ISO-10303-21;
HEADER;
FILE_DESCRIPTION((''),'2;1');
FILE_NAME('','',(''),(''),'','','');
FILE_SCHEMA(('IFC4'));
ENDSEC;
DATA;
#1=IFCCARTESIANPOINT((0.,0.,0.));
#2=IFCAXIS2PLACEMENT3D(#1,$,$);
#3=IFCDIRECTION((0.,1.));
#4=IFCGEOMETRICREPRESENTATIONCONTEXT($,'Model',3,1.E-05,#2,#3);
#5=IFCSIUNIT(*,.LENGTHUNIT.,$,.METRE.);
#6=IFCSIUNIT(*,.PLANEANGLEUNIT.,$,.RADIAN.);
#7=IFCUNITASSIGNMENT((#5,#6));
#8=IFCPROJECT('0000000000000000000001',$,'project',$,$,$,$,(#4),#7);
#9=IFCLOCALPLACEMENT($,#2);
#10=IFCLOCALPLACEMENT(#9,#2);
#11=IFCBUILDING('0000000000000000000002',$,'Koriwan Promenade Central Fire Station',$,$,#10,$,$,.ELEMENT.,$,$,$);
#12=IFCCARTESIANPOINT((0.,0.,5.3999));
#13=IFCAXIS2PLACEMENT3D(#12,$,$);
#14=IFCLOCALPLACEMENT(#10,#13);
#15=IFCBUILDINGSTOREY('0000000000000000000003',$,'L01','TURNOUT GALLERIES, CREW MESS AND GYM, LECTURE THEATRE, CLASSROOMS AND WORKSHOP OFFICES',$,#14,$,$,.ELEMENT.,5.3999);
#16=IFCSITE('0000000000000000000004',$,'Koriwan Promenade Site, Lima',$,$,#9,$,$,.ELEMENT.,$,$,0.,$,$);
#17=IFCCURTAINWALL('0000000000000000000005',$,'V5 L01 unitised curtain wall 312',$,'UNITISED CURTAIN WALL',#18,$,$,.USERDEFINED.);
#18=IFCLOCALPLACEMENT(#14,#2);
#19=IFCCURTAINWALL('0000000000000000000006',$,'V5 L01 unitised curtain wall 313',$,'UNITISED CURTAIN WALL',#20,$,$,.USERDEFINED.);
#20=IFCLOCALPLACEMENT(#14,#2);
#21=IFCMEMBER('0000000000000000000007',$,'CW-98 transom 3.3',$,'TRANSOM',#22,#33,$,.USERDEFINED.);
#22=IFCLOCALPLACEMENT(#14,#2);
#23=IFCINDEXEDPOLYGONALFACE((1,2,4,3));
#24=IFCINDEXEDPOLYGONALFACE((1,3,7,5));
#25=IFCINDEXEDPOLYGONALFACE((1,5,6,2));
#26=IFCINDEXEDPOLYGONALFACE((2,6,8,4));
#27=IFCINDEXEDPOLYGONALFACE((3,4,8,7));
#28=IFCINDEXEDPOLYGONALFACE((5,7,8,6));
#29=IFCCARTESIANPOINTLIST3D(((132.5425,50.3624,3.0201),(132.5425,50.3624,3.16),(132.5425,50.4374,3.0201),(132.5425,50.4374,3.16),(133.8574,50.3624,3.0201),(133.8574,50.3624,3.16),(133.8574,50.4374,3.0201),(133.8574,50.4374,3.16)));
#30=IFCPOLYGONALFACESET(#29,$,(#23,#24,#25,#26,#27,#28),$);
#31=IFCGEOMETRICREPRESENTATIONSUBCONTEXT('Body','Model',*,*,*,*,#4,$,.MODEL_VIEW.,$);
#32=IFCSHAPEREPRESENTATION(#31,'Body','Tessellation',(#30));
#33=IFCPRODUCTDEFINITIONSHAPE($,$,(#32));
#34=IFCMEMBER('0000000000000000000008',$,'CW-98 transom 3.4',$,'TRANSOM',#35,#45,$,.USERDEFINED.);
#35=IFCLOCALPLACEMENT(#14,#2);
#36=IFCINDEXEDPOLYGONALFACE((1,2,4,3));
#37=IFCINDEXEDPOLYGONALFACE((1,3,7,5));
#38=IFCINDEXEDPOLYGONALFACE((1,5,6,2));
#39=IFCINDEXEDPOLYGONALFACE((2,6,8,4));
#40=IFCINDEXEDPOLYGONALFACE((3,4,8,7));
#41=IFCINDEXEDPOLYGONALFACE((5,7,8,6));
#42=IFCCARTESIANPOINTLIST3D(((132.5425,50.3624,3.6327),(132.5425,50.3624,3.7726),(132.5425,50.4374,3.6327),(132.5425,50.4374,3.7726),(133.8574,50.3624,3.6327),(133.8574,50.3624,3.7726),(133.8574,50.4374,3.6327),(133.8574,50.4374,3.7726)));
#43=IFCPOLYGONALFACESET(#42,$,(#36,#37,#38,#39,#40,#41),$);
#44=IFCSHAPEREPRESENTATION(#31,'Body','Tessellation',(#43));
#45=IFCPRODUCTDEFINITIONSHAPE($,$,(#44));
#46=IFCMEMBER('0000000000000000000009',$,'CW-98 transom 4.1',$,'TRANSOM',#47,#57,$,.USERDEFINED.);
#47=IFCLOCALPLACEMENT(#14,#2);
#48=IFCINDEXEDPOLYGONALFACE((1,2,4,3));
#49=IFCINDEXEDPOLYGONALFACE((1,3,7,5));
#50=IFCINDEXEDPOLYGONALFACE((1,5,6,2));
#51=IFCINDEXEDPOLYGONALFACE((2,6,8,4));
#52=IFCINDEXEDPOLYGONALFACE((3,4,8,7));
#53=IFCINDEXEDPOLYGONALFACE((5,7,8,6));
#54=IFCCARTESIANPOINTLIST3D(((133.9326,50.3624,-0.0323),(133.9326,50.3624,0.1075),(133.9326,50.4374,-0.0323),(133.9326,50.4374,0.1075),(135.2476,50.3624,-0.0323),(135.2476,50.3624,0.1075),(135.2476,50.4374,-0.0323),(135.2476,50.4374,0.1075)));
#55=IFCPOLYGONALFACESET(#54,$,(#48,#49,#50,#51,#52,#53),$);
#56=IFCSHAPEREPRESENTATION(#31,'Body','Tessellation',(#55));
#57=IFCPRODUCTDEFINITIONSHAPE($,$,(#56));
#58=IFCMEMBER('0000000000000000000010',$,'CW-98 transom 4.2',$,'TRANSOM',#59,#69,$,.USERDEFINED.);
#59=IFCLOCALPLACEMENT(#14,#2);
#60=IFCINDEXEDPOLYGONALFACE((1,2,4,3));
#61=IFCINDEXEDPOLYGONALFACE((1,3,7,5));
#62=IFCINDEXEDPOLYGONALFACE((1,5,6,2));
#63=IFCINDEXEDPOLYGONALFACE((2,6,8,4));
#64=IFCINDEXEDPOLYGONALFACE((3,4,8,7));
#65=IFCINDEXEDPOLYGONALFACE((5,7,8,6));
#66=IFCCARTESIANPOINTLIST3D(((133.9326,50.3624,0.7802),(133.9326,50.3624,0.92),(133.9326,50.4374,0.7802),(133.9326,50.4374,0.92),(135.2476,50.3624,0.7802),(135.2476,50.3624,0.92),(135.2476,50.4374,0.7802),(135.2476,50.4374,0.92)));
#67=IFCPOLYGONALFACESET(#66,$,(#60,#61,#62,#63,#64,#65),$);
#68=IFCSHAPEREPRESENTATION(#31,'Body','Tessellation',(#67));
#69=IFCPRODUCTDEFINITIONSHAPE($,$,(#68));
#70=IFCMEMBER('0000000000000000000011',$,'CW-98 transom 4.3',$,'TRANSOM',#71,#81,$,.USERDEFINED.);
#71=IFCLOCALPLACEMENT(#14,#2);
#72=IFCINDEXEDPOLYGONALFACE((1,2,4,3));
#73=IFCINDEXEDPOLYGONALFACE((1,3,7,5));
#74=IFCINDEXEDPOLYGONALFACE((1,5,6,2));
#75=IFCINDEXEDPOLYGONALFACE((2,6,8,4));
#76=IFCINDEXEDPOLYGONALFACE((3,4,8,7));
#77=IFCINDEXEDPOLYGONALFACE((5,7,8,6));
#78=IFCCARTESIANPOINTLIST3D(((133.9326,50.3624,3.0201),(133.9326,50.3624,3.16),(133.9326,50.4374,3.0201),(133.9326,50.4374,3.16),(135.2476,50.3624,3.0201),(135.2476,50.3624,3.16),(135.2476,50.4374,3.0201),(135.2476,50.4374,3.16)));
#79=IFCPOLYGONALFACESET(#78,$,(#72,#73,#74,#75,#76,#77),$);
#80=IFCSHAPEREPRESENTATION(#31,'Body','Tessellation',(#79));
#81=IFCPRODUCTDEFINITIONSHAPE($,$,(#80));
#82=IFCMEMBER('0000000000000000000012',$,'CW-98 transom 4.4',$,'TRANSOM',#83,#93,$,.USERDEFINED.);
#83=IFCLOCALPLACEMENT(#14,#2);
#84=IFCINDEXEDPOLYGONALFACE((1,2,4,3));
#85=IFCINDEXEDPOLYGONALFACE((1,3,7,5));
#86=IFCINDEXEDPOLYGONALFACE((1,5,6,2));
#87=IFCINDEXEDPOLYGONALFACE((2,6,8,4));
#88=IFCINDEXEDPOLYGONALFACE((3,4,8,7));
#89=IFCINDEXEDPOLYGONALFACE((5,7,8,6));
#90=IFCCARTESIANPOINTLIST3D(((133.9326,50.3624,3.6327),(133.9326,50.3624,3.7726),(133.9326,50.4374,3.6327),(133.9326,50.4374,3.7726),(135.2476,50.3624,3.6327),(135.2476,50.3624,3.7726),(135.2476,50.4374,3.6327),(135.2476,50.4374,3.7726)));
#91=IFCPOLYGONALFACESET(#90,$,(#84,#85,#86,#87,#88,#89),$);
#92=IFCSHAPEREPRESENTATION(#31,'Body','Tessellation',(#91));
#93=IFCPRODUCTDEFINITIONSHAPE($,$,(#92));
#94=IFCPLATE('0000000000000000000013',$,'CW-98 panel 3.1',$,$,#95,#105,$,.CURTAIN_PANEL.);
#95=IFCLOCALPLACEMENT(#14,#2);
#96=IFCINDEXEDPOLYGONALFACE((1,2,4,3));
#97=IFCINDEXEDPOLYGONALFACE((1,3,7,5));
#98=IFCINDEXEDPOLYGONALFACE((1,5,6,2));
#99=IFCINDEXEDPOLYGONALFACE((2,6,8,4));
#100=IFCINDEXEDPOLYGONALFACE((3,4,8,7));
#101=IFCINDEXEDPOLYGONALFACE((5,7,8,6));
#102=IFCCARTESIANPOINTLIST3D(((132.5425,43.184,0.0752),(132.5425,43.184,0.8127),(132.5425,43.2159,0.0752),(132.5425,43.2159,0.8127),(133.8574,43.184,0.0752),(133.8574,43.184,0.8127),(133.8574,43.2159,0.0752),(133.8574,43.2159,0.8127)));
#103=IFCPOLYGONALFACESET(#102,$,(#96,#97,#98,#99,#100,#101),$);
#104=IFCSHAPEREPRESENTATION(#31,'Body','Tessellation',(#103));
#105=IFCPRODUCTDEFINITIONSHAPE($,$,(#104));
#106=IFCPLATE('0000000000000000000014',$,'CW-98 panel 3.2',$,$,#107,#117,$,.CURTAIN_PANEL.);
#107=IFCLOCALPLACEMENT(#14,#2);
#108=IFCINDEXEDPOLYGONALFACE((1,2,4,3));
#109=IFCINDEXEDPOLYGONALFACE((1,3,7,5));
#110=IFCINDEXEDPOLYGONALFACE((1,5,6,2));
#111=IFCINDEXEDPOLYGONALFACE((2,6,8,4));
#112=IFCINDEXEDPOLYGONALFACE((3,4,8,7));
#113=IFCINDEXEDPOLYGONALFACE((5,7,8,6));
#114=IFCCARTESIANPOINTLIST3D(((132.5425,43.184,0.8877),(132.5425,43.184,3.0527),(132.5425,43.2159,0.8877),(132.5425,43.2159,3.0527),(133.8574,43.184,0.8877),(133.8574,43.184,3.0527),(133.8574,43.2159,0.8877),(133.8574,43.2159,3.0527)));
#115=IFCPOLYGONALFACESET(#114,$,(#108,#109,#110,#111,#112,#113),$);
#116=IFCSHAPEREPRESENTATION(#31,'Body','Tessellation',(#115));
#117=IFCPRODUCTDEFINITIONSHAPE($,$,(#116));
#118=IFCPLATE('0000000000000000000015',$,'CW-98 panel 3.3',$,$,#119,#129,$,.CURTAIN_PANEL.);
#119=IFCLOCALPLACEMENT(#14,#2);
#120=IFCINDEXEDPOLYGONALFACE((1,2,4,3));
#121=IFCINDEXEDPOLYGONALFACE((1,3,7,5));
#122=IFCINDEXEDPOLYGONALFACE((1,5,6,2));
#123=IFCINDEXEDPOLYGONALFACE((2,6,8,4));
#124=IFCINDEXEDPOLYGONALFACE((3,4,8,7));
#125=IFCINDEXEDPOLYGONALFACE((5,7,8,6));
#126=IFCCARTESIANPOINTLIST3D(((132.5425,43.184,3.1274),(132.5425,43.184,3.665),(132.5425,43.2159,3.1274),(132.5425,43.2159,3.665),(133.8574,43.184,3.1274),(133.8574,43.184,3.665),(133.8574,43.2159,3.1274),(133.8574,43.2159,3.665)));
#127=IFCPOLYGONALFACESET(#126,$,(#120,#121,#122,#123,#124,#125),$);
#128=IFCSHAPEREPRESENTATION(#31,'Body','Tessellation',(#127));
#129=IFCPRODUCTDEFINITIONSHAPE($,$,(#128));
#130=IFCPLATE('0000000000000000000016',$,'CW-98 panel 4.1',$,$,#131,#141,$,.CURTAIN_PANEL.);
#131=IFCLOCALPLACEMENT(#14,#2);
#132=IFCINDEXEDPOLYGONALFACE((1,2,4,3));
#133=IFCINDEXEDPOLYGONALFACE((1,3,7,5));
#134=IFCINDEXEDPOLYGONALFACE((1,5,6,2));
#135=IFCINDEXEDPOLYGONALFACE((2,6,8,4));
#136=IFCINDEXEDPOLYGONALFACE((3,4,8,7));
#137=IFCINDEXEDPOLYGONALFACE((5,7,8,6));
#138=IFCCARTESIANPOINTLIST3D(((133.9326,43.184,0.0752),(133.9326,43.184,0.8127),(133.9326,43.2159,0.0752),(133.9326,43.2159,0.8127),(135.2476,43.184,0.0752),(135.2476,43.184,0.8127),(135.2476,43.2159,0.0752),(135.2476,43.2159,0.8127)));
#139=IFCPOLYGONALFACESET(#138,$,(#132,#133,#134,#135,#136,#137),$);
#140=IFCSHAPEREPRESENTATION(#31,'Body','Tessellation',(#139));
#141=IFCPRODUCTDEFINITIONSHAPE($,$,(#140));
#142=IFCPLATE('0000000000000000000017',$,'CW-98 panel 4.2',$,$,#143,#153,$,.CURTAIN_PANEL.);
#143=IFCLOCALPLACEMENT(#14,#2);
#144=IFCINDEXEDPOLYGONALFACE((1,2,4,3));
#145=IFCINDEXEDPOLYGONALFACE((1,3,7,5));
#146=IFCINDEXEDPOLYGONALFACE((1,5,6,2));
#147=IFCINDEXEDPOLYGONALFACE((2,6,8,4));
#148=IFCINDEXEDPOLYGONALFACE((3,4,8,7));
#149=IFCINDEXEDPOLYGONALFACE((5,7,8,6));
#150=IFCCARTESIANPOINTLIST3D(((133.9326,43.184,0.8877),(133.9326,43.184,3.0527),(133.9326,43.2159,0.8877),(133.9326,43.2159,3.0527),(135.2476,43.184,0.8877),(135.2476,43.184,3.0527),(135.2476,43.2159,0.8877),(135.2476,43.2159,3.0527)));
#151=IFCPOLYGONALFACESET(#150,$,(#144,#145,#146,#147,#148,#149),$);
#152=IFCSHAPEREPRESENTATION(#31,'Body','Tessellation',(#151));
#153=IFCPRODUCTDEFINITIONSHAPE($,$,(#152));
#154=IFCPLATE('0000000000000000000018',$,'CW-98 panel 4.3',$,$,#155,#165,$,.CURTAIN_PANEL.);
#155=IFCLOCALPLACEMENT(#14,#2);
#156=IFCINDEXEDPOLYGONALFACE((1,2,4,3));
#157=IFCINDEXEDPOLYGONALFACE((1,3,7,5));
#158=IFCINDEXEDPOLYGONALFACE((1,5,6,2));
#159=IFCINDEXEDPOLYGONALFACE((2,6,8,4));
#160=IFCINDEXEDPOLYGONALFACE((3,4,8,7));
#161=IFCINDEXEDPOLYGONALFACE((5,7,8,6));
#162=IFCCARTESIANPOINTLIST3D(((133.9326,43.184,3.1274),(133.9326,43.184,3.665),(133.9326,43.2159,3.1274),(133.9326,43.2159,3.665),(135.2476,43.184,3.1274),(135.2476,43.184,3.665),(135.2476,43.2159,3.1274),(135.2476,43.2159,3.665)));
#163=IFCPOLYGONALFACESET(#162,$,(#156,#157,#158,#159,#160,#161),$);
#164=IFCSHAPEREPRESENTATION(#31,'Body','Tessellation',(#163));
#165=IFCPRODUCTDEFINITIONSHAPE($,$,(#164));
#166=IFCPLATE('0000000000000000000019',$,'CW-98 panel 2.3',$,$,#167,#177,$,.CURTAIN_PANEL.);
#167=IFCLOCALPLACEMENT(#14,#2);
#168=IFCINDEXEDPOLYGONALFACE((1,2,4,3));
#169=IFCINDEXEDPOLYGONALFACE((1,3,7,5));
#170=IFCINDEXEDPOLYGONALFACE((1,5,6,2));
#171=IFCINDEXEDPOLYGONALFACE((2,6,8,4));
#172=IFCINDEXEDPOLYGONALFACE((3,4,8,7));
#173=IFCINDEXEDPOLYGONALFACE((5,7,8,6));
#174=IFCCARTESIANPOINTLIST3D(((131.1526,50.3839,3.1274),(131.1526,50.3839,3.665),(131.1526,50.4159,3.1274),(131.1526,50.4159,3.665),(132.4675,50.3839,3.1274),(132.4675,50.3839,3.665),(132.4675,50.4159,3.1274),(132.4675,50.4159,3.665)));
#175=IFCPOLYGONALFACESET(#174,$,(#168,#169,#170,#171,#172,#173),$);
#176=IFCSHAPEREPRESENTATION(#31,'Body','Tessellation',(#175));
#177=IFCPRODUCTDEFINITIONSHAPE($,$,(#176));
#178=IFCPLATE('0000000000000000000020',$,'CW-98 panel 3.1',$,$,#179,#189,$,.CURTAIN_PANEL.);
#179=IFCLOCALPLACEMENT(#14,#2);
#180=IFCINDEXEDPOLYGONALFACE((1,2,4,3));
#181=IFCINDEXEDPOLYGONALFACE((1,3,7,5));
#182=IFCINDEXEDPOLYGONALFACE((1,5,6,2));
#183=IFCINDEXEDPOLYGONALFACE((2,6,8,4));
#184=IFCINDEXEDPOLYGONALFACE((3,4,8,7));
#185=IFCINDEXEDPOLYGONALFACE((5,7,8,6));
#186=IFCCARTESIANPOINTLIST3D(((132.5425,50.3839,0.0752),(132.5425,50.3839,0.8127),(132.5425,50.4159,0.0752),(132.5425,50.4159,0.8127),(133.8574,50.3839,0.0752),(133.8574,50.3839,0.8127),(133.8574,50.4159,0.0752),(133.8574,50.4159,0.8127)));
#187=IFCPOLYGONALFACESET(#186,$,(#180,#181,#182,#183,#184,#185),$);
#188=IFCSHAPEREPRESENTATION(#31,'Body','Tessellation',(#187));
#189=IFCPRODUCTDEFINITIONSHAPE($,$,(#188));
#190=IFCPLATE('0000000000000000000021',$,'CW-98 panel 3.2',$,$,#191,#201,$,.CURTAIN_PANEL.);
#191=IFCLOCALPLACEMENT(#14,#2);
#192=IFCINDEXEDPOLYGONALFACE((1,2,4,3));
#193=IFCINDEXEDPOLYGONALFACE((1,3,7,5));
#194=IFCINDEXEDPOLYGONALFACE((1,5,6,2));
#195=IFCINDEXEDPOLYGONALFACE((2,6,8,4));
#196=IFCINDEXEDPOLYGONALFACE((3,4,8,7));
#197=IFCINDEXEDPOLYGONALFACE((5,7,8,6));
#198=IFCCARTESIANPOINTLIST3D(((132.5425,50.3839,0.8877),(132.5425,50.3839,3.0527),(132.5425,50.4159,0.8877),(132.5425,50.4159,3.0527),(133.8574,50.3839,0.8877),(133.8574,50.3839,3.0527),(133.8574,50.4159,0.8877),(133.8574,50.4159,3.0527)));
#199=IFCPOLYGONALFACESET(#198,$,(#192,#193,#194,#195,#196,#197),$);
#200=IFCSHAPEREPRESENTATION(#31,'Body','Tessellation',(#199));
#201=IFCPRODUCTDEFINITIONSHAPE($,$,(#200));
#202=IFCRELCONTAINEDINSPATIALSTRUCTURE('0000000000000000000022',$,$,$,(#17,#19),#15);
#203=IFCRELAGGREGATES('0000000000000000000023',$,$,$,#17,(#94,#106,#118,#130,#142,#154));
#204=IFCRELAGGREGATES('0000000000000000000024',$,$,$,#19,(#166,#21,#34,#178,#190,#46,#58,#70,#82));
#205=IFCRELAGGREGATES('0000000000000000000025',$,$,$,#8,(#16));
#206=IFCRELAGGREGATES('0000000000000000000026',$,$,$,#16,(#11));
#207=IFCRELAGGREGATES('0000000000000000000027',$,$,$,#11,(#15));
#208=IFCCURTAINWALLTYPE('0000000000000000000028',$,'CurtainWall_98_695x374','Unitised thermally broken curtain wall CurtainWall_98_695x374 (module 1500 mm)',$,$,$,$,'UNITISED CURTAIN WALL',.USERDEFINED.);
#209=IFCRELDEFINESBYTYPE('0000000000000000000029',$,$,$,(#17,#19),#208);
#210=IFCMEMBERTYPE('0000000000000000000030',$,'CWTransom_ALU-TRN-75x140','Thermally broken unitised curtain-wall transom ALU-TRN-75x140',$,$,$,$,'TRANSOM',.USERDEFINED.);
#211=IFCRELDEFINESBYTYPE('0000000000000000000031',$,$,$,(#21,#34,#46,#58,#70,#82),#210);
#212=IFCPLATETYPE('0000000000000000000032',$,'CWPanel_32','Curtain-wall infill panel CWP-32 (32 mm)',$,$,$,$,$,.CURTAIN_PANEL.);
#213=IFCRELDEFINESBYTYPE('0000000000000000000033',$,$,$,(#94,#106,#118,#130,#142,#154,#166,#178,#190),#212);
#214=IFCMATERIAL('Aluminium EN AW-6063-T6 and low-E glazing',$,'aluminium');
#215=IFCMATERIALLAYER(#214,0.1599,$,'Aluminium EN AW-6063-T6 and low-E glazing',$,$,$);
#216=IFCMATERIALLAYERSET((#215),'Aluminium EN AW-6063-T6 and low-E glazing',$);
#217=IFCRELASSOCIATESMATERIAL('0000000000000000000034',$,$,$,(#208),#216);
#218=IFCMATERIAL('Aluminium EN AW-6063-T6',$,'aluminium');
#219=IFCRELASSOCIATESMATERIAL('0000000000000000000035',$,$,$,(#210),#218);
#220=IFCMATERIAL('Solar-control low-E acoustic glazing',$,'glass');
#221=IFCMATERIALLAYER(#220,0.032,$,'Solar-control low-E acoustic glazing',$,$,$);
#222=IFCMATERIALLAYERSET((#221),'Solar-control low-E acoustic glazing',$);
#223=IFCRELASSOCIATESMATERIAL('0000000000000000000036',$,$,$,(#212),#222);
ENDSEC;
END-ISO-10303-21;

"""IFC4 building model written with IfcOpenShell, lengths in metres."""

from ifc_helpers import new_model, si_unit, direction, frame, origin, origin_2d, place, context, subcontext, project, spatial, rectangle, extrude, material, layer, layer_set, material_profile, profile_set, type_object, element, aggregate, save


model = new_model("IFC4")

# Units and contexts
model_context = context("Model", 3, precision=1e-05, world=origin(), true_north=direction((0.0, 1.0)))
body_context = subcontext(model_context, "Body", "Model", "MODEL_VIEW")
ifc_project = project(units=[si_unit("LENGTHUNIT", "METRE"), si_unit("PLANEANGLEUNIT", "RADIAN")], contexts=[model_context])

# Site, building, storey
site_placement = place(None, origin())
site = spatial("IfcSite", under=ifc_project, at=site_placement, Name="Koriwan Promenade Site, Lima", CompositionType="ELEMENT", RefElevation=0.0)
building_placement = place(site_placement, origin())
building = spatial("IfcBuilding", under=site, at=building_placement, Name="Koriwan Promenade Central Fire Station", CompositionType="ELEMENT")
storey_placement = place(building_placement, frame((0.0, 0.0, 5.3999)))
storey = spatial("IfcBuildingStorey", under=building, at=storey_placement, Name="L01", Description="TURNOUT GALLERIES, CREW MESS AND GYM, LECTURE THEATRE, CLASSROOMS AND WORKSHOP OFFICES", CompositionType="ELEMENT", Elevation=5.3999)

# Curtain walls
ifc_material_1 = material(Name="Aluminium EN AW-6063-T6 and low-E glazing", Category="aluminium")
ifc_layer_1 = layer(ifc_material_1, 0.1599, Name="Aluminium EN AW-6063-T6 and low-E glazing")
ifc_layer_set_1 = layer_set([ifc_layer_1], Name="Aluminium EN AW-6063-T6 and low-E glazing")
curtain_wall_type = type_object("IfcCurtainWallType", Name="CurtainWall_98_695x374", Description="Unitised thermally broken curtain wall CurtainWall_98_695x374 (module 1500 mm)", ElementType="UNITISED CURTAIN WALL", PredefinedType="USERDEFINED", material=ifc_layer_set_1)
curtain_wall_1_placement = place(storey_placement, origin())
curtain_wall_1 = element("IfcCurtainWall", 1, at=curtain_wall_1_placement, inside=storey, type_object=curtain_wall_type, Name="V5 L01 unitised curtain wall 312", ObjectType="UNITISED CURTAIN WALL", PredefinedType="USERDEFINED")
ifc_material_2 = material(Name="Aluminium EN AW-6063-T6", Category="aluminium")
curtain_wall_2_placement = place(storey_placement, origin())
curtain_wall_2 = element("IfcCurtainWall", 2, at=curtain_wall_2_placement, inside=storey, type_object=curtain_wall_type, Name="V5 L01 unitised curtain wall 313", ObjectType="UNITISED CURTAIN WALL", PredefinedType="USERDEFINED")

# Members
ifc_material_profile_1 = material_profile(ifc_material_2, rectangle(XDim=0.075, YDim=0.1399, at=origin_2d()), Name="ALU-TRN-75x140")
ifc_profile_set_1 = profile_set([ifc_material_profile_1], Name="Aluminium EN AW-6063-T6")
member_type_1 = type_object("IfcMemberType", Name="CWTransom_ALU-TRN-75x140", Description="Thermally broken unitised curtain-wall transom ALU-TRN-75x140", ElementType="TRANSOM", PredefinedType="USERDEFINED", material=ifc_profile_set_1)
member_1_placement = place(storey_placement, frame((132.5425, 50.3999, 3.0901), z_axis=(1.0, 0.0, 0.0), x_axis=(0.0, 1.0, 0.0)))
member_1 = element("IfcMember", 3, at=member_1_placement, type_object=member_type_1, Name="CW-98 transom 3.3", ObjectType="TRANSOM", PredefinedType="USERDEFINED", context=body_context, shape_type="SweptSolid", body=[
    extrude(rectangle(XDim=0.075, YDim=0.1399, at=origin_2d()), origin(), (0.0, 0.0, 1.0), 1.3149),
])
member_2_placement = place(storey_placement, frame((132.5425, 50.3999, 3.7026), z_axis=(1.0, 0.0, 0.0), x_axis=(0.0, 1.0, 0.0)))
member_2 = element("IfcMember", 4, at=member_2_placement, type_object=member_type_1, Name="CW-98 transom 3.4", ObjectType="TRANSOM", PredefinedType="USERDEFINED", context=body_context, shape_type="SweptSolid", body=[
    extrude(rectangle(XDim=0.075, YDim=0.1399, at=origin_2d()), origin(), (0.0, 0.0, 1.0), 1.3149),
])
member_3_placement = place(storey_placement, frame((133.9326, 50.3999, 0.0376), z_axis=(1.0, 0.0, 0.0), x_axis=(0.0, 1.0, 0.0)))
member_3 = element("IfcMember", 5, at=member_3_placement, type_object=member_type_1, Name="CW-98 transom 4.1", ObjectType="TRANSOM", PredefinedType="USERDEFINED", context=body_context, shape_type="SweptSolid", body=[
    extrude(rectangle(XDim=0.075, YDim=0.1399, at=origin_2d()), origin(), (0.0, 0.0, 1.0), 1.3149),
])
member_4_placement = place(storey_placement, frame((133.9326, 50.3999, 0.8501), z_axis=(1.0, 0.0, 0.0), x_axis=(0.0, 1.0, 0.0)))
member_4 = element("IfcMember", 6, at=member_4_placement, type_object=member_type_1, Name="CW-98 transom 4.2", ObjectType="TRANSOM", PredefinedType="USERDEFINED", context=body_context, shape_type="SweptSolid", body=[
    extrude(rectangle(XDim=0.075, YDim=0.1399, at=origin_2d()), origin(), (0.0, 0.0, 1.0), 1.3149),
])
member_5_placement = place(storey_placement, frame((133.9326, 50.3999, 3.0901), z_axis=(1.0, 0.0, 0.0), x_axis=(0.0, 1.0, 0.0)))
member_5 = element("IfcMember", 7, at=member_5_placement, type_object=member_type_1, Name="CW-98 transom 4.3", ObjectType="TRANSOM", PredefinedType="USERDEFINED", context=body_context, shape_type="SweptSolid", body=[
    extrude(rectangle(XDim=0.075, YDim=0.1399, at=origin_2d()), origin(), (0.0, 0.0, 1.0), 1.3149),
])
member_6_placement = place(storey_placement, frame((133.9326, 50.3999, 3.7026), z_axis=(1.0, 0.0, 0.0), x_axis=(0.0, 1.0, 0.0)))
member_6 = element("IfcMember", 8, at=member_6_placement, type_object=member_type_1, Name="CW-98 transom 4.4", ObjectType="TRANSOM", PredefinedType="USERDEFINED", context=body_context, shape_type="SweptSolid", body=[
    extrude(rectangle(XDim=0.075, YDim=0.1399, at=origin_2d()), origin(), (0.0, 0.0, 1.0), 1.3149),
])

# Plates
ifc_material_3 = material(Name="Solar-control low-E acoustic glazing", Category="glass")
ifc_layer_2 = layer(ifc_material_3, 0.032, Name="Solar-control low-E acoustic glazing")
ifc_layer_set_2 = layer_set([ifc_layer_2], Name="Solar-control low-E acoustic glazing")
plate_type = type_object("IfcPlateType", Name="CWPanel_32", Description="Curtain-wall infill panel CWP-32 (32 mm)", PredefinedType="CURTAIN_PANEL", material=ifc_layer_set_2)
plate_1_placement = place(storey_placement, frame((133.2, 43.2, 0.0752), z_axis=(0.0, 0.0, 1.0), x_axis=(1.0, 0.0, 0.0)))
plate_1 = element("IfcPlate", 9, at=plate_1_placement, type_object=plate_type, Name="CW-98 panel 3.1", PredefinedType="CURTAIN_PANEL", context=body_context, shape_type="SweptSolid", body=[
    extrude(rectangle(XDim=1.3149, YDim=0.032, at=origin_2d()), origin(), (0.0, 0.0, 1.0), 0.7375),
])
plate_2_placement = place(storey_placement, frame((133.2, 43.2, 0.8877), z_axis=(0.0, 0.0, 1.0), x_axis=(1.0, 0.0, 0.0)))
plate_2 = element("IfcPlate", 10, at=plate_2_placement, type_object=plate_type, Name="CW-98 panel 3.2", PredefinedType="CURTAIN_PANEL", context=body_context, shape_type="SweptSolid", body=[
    extrude(rectangle(XDim=1.3149, YDim=0.032, at=origin_2d()), origin(), (0.0, 0.0, 1.0), 2.165),
])
plate_3_placement = place(storey_placement, frame((133.2, 43.2, 3.1274), z_axis=(0.0, 0.0, 1.0), x_axis=(1.0, 0.0, 0.0)))
plate_3 = element("IfcPlate", 11, at=plate_3_placement, type_object=plate_type, Name="CW-98 panel 3.3", PredefinedType="CURTAIN_PANEL", context=body_context, shape_type="SweptSolid", body=[
    extrude(rectangle(XDim=1.3149, YDim=0.032, at=origin_2d()), origin(), (0.0, 0.0, 1.0), 0.5376),
])
plate_4_placement = place(storey_placement, frame((134.5901, 43.2, 0.0752), z_axis=(0.0, 0.0, 1.0), x_axis=(1.0, 0.0, 0.0)))
plate_4 = element("IfcPlate", 12, at=plate_4_placement, type_object=plate_type, Name="CW-98 panel 4.1", PredefinedType="CURTAIN_PANEL", context=body_context, shape_type="SweptSolid", body=[
    extrude(rectangle(XDim=1.3149, YDim=0.032, at=origin_2d()), origin(), (0.0, 0.0, 1.0), 0.7375),
])
plate_5_placement = place(storey_placement, frame((134.5901, 43.2, 0.8877), z_axis=(0.0, 0.0, 1.0), x_axis=(1.0, 0.0, 0.0)))
plate_5 = element("IfcPlate", 13, at=plate_5_placement, type_object=plate_type, Name="CW-98 panel 4.2", PredefinedType="CURTAIN_PANEL", context=body_context, shape_type="SweptSolid", body=[
    extrude(rectangle(XDim=1.3149, YDim=0.032, at=origin_2d()), origin(), (0.0, 0.0, 1.0), 2.165),
])
plate_6_placement = place(storey_placement, frame((134.5901, 43.2, 3.1274), z_axis=(0.0, 0.0, 1.0), x_axis=(1.0, 0.0, 0.0)))
plate_6 = element("IfcPlate", 14, at=plate_6_placement, type_object=plate_type, Name="CW-98 panel 4.3", PredefinedType="CURTAIN_PANEL", context=body_context, shape_type="SweptSolid", body=[
    extrude(rectangle(XDim=1.3149, YDim=0.032, at=origin_2d()), origin(), (0.0, 0.0, 1.0), 0.5376),
])
aggregate(curtain_wall_1, [plate_1, plate_2, plate_3, plate_4, plate_5, plate_6])
plate_7_placement = place(storey_placement, frame((131.8101, 50.3999, 3.1274), z_axis=(0.0, 0.0, 1.0), x_axis=(1.0, 0.0, 0.0)))
plate_7 = element("IfcPlate", 15, at=plate_7_placement, type_object=plate_type, Name="CW-98 panel 2.3", PredefinedType="CURTAIN_PANEL", context=body_context, shape_type="SweptSolid", body=[
    extrude(rectangle(XDim=1.3149, YDim=0.032, at=origin_2d()), origin(), (0.0, 0.0, 1.0), 0.5376),
])
plate_8_placement = place(storey_placement, frame((133.2, 50.3999, 0.0752), z_axis=(0.0, 0.0, 1.0), x_axis=(1.0, 0.0, 0.0)))
plate_8 = element("IfcPlate", 16, at=plate_8_placement, type_object=plate_type, Name="CW-98 panel 3.1", PredefinedType="CURTAIN_PANEL", context=body_context, shape_type="SweptSolid", body=[
    extrude(rectangle(XDim=1.3149, YDim=0.032, at=origin_2d()), origin(), (0.0, 0.0, 1.0), 0.7375),
])
plate_9_placement = place(storey_placement, frame((133.2, 50.3999, 0.8877), z_axis=(0.0, 0.0, 1.0), x_axis=(1.0, 0.0, 0.0)))
plate_9 = element("IfcPlate", 17, at=plate_9_placement, type_object=plate_type, Name="CW-98 panel 3.2", PredefinedType="CURTAIN_PANEL", context=body_context, shape_type="SweptSolid", body=[
    extrude(rectangle(XDim=1.3149, YDim=0.032, at=origin_2d()), origin(), (0.0, 0.0, 1.0), 2.165),
])
aggregate(curtain_wall_2, [plate_7, member_1, member_2, plate_8, plate_9, member_3, member_4, member_5, member_6])

save(model, "model.ifc")
